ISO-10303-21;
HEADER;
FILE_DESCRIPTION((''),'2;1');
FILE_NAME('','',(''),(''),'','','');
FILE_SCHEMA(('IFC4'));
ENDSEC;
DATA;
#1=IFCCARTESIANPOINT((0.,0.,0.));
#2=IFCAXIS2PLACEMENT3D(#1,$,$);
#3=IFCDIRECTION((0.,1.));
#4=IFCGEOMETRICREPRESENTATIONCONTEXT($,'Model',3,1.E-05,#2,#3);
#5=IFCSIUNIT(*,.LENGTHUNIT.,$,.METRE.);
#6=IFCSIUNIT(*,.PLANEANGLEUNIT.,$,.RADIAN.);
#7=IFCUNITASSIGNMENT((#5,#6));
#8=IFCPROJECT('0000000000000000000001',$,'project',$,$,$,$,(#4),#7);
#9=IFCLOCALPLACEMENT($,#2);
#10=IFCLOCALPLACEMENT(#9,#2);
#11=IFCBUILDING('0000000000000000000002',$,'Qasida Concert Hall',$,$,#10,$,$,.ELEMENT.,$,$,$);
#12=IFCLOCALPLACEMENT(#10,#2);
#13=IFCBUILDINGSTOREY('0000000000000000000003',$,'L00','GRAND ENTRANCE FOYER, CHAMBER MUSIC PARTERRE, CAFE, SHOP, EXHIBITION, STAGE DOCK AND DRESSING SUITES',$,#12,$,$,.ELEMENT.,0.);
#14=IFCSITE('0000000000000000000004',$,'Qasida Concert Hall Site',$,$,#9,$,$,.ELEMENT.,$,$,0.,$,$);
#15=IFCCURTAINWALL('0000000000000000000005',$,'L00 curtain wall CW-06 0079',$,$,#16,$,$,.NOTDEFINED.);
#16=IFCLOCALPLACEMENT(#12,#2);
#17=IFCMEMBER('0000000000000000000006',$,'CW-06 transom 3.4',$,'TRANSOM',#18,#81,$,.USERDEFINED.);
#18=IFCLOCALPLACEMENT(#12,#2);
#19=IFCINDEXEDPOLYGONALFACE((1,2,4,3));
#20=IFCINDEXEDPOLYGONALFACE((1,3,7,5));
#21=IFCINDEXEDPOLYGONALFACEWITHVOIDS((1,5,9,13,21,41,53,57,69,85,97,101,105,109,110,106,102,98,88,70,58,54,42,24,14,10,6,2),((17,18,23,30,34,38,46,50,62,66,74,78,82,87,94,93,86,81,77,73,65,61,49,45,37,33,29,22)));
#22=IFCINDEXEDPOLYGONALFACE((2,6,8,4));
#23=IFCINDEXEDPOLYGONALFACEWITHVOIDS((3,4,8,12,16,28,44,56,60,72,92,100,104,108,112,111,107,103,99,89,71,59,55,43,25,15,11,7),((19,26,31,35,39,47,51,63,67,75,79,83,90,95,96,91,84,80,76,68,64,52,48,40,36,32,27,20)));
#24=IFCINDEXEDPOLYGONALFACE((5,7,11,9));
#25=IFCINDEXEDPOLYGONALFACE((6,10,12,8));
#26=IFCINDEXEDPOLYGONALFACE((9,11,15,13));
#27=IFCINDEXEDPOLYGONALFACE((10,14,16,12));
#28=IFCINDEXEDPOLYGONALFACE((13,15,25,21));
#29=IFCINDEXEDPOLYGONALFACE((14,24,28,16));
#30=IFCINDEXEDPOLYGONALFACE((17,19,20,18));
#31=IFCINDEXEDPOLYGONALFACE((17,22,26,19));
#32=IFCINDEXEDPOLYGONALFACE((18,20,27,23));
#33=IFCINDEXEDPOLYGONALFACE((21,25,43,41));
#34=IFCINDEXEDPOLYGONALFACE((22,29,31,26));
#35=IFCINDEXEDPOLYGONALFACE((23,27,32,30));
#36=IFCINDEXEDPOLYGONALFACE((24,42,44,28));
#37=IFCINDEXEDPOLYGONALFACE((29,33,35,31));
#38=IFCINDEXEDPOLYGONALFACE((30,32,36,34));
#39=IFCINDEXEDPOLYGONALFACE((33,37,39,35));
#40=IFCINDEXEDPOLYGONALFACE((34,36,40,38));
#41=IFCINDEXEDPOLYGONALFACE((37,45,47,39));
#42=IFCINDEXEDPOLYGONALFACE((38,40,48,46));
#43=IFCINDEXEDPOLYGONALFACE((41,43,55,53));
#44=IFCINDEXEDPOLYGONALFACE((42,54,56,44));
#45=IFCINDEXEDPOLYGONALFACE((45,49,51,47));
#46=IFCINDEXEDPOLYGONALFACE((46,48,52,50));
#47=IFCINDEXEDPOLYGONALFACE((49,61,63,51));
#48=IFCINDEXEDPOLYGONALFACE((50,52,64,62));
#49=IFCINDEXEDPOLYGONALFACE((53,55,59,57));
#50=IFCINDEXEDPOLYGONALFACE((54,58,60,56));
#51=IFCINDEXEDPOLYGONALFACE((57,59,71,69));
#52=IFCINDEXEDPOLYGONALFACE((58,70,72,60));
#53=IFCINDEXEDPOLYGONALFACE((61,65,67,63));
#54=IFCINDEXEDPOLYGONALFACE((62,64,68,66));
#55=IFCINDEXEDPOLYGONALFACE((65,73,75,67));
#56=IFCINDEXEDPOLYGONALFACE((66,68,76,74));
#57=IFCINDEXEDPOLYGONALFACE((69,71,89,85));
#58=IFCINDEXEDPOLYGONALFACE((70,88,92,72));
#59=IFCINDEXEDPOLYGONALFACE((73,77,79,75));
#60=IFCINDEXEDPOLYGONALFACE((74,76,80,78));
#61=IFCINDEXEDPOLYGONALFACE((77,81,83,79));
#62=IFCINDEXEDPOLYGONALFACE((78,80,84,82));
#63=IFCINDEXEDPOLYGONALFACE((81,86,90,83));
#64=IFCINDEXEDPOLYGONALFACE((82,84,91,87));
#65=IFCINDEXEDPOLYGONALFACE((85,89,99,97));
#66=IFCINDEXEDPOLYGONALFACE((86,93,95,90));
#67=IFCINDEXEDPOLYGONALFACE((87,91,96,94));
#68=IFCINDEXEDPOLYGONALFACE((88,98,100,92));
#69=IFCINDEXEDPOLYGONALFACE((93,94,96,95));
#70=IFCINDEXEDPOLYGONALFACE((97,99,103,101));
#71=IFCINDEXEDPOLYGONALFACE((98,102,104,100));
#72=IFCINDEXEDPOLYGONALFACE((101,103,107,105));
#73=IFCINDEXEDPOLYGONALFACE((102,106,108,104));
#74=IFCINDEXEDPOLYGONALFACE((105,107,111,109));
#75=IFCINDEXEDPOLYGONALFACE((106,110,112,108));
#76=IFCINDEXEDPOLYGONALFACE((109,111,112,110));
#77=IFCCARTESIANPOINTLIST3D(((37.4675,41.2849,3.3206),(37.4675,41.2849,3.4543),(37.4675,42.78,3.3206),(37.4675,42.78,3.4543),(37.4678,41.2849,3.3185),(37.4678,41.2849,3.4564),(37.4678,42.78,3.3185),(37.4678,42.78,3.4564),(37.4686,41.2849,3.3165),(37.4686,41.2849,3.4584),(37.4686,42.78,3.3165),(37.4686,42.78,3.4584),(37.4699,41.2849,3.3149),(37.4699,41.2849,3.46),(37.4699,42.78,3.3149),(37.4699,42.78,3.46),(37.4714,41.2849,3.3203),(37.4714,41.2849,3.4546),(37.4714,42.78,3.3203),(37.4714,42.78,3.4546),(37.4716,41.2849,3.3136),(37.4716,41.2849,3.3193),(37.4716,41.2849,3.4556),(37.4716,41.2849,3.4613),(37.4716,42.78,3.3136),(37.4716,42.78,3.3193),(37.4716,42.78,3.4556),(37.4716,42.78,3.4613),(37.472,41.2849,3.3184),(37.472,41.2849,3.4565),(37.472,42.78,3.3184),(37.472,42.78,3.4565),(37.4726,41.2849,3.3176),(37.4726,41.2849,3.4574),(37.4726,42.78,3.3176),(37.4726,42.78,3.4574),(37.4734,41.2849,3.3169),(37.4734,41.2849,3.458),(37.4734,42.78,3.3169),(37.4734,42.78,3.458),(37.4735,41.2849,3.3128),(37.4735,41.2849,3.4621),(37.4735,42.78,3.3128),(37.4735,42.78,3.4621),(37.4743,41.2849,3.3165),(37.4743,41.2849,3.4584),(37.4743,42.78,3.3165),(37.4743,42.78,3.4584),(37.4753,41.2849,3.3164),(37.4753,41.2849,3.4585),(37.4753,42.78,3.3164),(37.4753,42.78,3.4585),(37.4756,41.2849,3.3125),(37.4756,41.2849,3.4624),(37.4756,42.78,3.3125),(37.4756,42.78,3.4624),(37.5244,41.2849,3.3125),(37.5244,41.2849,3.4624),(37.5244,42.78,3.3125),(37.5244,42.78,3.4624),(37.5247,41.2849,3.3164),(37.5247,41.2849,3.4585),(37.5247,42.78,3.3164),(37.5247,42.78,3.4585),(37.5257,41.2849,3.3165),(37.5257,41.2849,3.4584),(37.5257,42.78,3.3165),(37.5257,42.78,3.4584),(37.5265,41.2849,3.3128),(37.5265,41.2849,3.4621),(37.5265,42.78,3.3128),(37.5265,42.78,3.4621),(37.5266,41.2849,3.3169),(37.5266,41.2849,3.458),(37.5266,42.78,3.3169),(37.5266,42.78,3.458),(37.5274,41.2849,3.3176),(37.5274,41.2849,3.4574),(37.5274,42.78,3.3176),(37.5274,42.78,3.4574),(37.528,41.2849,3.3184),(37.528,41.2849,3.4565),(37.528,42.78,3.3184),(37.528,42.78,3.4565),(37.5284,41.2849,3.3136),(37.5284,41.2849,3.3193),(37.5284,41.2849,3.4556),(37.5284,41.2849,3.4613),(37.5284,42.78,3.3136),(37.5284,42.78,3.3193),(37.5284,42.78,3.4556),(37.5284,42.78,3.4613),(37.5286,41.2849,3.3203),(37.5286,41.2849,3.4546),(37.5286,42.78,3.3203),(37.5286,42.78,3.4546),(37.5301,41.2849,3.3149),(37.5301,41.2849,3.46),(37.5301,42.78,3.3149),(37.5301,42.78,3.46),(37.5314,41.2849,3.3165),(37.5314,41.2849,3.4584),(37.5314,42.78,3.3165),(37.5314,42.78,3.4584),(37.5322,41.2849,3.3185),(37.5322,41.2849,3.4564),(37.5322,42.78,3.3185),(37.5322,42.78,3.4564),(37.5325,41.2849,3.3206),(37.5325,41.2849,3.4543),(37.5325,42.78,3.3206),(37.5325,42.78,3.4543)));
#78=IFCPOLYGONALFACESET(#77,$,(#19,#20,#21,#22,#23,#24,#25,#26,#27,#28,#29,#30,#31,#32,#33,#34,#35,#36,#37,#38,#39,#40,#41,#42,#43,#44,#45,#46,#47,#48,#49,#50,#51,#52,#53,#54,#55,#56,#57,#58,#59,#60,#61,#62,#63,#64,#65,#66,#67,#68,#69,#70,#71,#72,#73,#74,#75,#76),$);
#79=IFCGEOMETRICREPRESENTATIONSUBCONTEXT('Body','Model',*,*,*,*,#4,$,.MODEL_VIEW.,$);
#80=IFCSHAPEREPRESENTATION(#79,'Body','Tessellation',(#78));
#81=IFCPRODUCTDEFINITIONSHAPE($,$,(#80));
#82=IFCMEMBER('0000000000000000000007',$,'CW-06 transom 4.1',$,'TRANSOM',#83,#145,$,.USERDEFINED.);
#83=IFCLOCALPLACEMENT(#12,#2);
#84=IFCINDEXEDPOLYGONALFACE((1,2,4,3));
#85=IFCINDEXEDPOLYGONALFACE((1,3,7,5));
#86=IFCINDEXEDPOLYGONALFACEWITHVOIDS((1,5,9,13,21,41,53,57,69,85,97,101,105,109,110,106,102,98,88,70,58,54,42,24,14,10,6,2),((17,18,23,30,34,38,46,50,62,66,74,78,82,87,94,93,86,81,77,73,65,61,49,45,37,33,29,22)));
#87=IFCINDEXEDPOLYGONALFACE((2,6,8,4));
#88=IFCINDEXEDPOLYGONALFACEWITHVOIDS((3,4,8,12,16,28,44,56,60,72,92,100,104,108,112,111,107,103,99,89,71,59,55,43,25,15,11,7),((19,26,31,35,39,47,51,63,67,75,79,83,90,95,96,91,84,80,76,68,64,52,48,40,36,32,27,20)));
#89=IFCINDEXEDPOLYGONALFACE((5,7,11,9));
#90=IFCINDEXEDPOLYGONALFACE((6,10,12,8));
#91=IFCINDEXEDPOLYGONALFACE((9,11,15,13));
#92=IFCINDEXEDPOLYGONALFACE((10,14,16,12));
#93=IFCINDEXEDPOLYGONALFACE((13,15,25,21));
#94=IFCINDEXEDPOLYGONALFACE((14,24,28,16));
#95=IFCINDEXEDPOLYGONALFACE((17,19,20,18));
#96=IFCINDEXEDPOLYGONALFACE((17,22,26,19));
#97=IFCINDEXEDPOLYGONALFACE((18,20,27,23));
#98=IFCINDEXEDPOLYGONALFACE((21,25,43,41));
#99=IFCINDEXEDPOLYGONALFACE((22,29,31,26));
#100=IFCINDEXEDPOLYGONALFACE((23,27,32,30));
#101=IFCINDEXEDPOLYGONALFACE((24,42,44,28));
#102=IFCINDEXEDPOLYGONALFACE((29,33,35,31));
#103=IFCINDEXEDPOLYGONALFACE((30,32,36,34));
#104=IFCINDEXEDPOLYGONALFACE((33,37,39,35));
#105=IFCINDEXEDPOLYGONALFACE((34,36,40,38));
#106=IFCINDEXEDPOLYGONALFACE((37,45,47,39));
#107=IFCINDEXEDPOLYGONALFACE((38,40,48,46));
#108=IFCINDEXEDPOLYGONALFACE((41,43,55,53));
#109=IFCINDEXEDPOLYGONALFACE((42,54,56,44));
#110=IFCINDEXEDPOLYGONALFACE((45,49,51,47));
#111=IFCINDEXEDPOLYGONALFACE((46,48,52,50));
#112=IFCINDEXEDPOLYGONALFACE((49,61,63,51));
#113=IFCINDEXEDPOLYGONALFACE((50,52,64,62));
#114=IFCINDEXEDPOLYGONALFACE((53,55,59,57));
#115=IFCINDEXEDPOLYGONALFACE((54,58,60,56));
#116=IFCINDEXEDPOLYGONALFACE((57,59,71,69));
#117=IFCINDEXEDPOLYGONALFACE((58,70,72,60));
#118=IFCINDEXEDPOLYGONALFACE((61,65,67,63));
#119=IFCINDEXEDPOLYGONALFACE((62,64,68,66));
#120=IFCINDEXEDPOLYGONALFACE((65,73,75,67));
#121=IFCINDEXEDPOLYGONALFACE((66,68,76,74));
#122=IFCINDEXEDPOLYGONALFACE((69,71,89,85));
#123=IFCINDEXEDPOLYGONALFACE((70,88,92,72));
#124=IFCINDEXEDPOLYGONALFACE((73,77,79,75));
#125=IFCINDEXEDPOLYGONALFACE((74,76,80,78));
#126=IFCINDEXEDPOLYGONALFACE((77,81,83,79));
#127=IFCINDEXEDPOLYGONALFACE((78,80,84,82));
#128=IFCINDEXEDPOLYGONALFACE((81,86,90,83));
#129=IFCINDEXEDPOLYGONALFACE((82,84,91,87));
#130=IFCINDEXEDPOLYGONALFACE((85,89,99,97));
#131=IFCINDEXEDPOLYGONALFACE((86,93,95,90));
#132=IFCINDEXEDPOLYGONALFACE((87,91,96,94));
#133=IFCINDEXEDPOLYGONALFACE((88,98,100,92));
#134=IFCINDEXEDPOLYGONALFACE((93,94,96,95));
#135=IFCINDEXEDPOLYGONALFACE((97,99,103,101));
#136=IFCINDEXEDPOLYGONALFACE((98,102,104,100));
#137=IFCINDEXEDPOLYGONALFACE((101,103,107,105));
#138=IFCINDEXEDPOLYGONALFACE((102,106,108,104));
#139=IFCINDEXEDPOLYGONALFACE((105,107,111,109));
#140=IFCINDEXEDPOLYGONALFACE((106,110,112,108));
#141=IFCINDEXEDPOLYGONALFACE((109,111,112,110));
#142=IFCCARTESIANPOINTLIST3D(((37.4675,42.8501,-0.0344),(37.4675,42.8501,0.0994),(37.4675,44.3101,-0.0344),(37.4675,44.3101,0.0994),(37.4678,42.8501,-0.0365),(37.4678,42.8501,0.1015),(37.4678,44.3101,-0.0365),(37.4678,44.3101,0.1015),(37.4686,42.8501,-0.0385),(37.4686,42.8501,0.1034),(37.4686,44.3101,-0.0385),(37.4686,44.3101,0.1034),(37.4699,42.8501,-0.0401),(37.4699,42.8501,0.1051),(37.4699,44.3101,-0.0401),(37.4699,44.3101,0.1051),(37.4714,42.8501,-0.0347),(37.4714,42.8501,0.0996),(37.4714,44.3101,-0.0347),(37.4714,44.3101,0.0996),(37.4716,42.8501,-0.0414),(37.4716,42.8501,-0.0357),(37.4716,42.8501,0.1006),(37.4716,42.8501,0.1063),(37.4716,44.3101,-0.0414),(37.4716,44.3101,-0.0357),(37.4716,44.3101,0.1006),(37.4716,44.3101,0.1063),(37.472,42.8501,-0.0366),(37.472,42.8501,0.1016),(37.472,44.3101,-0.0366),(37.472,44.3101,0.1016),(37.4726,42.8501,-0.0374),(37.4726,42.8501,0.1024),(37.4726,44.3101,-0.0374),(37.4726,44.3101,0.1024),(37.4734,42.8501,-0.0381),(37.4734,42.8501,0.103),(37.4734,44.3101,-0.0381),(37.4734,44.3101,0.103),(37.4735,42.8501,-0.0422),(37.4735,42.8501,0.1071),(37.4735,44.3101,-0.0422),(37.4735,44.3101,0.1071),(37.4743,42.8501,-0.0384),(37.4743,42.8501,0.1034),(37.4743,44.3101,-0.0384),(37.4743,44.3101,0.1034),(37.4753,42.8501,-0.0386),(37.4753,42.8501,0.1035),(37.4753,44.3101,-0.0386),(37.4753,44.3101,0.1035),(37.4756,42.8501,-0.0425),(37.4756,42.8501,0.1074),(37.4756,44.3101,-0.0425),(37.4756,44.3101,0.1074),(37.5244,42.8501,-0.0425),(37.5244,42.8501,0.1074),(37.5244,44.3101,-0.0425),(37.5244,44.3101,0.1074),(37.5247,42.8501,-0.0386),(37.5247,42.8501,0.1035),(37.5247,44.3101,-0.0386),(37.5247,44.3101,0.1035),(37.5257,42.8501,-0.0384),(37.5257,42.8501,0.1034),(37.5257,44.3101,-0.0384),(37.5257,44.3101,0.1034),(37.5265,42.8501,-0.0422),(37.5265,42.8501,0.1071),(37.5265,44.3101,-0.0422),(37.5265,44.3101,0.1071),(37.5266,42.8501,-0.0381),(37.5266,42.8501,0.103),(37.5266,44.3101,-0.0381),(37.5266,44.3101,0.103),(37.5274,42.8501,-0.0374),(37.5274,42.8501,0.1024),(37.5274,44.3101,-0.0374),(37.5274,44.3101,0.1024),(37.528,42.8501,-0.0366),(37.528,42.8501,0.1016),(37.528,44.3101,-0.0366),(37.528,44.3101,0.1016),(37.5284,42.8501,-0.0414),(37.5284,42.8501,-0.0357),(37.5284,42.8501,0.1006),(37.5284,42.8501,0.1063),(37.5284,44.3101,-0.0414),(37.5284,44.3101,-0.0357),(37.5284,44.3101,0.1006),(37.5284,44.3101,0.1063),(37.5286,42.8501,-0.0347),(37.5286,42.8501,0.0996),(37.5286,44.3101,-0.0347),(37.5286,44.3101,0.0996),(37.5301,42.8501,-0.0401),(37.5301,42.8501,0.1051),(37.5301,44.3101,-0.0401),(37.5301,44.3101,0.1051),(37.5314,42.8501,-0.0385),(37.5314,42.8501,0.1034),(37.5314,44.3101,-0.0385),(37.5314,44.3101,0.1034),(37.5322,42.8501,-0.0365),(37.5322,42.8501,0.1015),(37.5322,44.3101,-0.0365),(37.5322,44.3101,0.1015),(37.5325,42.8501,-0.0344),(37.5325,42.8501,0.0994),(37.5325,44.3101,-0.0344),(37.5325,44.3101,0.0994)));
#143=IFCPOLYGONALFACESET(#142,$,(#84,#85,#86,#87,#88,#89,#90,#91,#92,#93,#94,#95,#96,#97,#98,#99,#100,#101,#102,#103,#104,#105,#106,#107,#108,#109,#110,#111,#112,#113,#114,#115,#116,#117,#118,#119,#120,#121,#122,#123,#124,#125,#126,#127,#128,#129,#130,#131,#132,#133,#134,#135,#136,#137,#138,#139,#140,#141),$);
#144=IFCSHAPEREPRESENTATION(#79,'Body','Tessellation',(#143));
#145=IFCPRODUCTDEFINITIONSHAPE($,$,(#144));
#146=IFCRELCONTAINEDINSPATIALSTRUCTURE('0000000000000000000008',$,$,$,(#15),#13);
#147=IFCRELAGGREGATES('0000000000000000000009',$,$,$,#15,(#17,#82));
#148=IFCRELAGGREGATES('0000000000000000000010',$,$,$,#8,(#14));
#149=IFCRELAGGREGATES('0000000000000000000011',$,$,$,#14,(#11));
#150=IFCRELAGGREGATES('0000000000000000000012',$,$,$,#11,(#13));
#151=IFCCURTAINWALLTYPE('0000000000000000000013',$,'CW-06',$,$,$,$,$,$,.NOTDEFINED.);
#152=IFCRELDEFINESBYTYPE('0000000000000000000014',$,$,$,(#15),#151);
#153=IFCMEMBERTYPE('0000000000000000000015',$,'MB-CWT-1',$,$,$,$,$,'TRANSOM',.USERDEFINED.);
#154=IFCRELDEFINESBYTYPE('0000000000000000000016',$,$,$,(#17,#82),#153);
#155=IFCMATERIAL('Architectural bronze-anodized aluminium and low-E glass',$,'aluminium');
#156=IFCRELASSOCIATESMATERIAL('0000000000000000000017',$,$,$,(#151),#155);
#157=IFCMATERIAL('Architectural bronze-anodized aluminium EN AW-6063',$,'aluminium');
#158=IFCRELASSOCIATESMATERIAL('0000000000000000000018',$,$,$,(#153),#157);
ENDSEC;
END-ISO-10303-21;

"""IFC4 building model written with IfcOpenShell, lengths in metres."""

from ifc_helpers import new_model, si_unit, direction, frame, origin, origin_2d, place, context, subcontext, project, spatial, hollow_rectangle, extrude, material, material_profile, profile_set, type_object, element, aggregate, save


model = new_model("IFC4")

# Units and contexts
model_context = context("Model", 3, precision=1e-05, world=origin(), true_north=direction((0.0, 1.0)))
body_context = subcontext(model_context, "Body", "Model", "MODEL_VIEW")
ifc_project = project(units=[si_unit("LENGTHUNIT", "METRE"), si_unit("PLANEANGLEUNIT", "RADIAN")], contexts=[model_context])

# Site, building, storey
site_placement = place(None, origin())
site = spatial("IfcSite", under=ifc_project, at=site_placement, Name="Qasida Concert Hall Site", CompositionType="ELEMENT", RefElevation=0.0)
building_placement = place(site_placement, origin())
building = spatial("IfcBuilding", under=site, at=building_placement, Name="Qasida Concert Hall", CompositionType="ELEMENT")
storey_placement = place(building_placement, origin())
storey = spatial("IfcBuildingStorey", under=building, at=storey_placement, Name="L00", Description="GRAND ENTRANCE FOYER, CHAMBER MUSIC PARTERRE, CAFE, SHOP, EXHIBITION, STAGE DOCK AND DRESSING SUITES", CompositionType="ELEMENT", Elevation=0.0)

# Curtain wall, members
ifc_material_1 = material(Name="Architectural bronze-anodized aluminium and low-E glass", Category="aluminium")
curtain_wall_type = type_object("IfcCurtainWallType", Name="CW-06", PredefinedType="NOTDEFINED", material=ifc_material_1)
curtain_wall_placement = place(storey_placement, origin())
curtain_wall = element("IfcCurtainWall", 1, at=curtain_wall_placement, inside=storey, type_object=curtain_wall_type, Name="L00 curtain wall CW-06 0079", PredefinedType="NOTDEFINED")
ifc_material_2 = material(Name="Architectural bronze-anodized aluminium EN AW-6063", Category="aluminium")
ifc_material_profile_1 = material_profile(ifc_material_2, hollow_rectangle(XDim=0.0649, YDim=0.1499, WallThickness=0.0039, InnerFilletRadius=0.0039, OuterFilletRadius=0.0081, at=origin_2d()), Name="CWT 150x65x4")
ifc_profile_set_1 = profile_set([ifc_material_profile_1], Name="Architectural bronze-anodized aluminium EN AW-6063")
member_type_1 = type_object("IfcMemberType", Name="MB-CWT-1", ElementType="TRANSOM", PredefinedType="USERDEFINED", material=ifc_profile_set_1)
member_1_placement = place(storey_placement, frame((37.5, 41.2849, 3.3875), z_axis=(0.0, 1.0, 0.0), x_axis=(-1.0, 0.0, 0.0)))
member_1 = element("IfcMember", 2, at=member_1_placement, type_object=member_type_1, Name="CW-06 transom 3.4", ObjectType="TRANSOM", PredefinedType="USERDEFINED", context=body_context, shape_type="SweptSolid", body=[
    extrude(hollow_rectangle(XDim=0.0649, YDim=0.1499, WallThickness=0.0039, InnerFilletRadius=0.0039, OuterFilletRadius=0.0081, at=origin_2d()), origin(), (0.0, 0.0, 1.0), 1.4951),
])
member_2_placement = place(storey_placement, frame((37.5, 42.8501, 0.0325), z_axis=(0.0, 1.0, 0.0), x_axis=(-1.0, 0.0, 0.0)))
member_2 = element("IfcMember", 3, at=member_2_placement, type_object=member_type_1, Name="CW-06 transom 4.1", ObjectType="TRANSOM", PredefinedType="USERDEFINED", context=body_context, shape_type="SweptSolid", body=[
    extrude(hollow_rectangle(XDim=0.0649, YDim=0.1499, WallThickness=0.0039, InnerFilletRadius=0.0039, OuterFilletRadius=0.0081, at=origin_2d()), origin(), (0.0, 0.0, 1.0), 1.46),
])
aggregate(curtain_wall, [member_1, member_2])

save(model, "model.ifc")
